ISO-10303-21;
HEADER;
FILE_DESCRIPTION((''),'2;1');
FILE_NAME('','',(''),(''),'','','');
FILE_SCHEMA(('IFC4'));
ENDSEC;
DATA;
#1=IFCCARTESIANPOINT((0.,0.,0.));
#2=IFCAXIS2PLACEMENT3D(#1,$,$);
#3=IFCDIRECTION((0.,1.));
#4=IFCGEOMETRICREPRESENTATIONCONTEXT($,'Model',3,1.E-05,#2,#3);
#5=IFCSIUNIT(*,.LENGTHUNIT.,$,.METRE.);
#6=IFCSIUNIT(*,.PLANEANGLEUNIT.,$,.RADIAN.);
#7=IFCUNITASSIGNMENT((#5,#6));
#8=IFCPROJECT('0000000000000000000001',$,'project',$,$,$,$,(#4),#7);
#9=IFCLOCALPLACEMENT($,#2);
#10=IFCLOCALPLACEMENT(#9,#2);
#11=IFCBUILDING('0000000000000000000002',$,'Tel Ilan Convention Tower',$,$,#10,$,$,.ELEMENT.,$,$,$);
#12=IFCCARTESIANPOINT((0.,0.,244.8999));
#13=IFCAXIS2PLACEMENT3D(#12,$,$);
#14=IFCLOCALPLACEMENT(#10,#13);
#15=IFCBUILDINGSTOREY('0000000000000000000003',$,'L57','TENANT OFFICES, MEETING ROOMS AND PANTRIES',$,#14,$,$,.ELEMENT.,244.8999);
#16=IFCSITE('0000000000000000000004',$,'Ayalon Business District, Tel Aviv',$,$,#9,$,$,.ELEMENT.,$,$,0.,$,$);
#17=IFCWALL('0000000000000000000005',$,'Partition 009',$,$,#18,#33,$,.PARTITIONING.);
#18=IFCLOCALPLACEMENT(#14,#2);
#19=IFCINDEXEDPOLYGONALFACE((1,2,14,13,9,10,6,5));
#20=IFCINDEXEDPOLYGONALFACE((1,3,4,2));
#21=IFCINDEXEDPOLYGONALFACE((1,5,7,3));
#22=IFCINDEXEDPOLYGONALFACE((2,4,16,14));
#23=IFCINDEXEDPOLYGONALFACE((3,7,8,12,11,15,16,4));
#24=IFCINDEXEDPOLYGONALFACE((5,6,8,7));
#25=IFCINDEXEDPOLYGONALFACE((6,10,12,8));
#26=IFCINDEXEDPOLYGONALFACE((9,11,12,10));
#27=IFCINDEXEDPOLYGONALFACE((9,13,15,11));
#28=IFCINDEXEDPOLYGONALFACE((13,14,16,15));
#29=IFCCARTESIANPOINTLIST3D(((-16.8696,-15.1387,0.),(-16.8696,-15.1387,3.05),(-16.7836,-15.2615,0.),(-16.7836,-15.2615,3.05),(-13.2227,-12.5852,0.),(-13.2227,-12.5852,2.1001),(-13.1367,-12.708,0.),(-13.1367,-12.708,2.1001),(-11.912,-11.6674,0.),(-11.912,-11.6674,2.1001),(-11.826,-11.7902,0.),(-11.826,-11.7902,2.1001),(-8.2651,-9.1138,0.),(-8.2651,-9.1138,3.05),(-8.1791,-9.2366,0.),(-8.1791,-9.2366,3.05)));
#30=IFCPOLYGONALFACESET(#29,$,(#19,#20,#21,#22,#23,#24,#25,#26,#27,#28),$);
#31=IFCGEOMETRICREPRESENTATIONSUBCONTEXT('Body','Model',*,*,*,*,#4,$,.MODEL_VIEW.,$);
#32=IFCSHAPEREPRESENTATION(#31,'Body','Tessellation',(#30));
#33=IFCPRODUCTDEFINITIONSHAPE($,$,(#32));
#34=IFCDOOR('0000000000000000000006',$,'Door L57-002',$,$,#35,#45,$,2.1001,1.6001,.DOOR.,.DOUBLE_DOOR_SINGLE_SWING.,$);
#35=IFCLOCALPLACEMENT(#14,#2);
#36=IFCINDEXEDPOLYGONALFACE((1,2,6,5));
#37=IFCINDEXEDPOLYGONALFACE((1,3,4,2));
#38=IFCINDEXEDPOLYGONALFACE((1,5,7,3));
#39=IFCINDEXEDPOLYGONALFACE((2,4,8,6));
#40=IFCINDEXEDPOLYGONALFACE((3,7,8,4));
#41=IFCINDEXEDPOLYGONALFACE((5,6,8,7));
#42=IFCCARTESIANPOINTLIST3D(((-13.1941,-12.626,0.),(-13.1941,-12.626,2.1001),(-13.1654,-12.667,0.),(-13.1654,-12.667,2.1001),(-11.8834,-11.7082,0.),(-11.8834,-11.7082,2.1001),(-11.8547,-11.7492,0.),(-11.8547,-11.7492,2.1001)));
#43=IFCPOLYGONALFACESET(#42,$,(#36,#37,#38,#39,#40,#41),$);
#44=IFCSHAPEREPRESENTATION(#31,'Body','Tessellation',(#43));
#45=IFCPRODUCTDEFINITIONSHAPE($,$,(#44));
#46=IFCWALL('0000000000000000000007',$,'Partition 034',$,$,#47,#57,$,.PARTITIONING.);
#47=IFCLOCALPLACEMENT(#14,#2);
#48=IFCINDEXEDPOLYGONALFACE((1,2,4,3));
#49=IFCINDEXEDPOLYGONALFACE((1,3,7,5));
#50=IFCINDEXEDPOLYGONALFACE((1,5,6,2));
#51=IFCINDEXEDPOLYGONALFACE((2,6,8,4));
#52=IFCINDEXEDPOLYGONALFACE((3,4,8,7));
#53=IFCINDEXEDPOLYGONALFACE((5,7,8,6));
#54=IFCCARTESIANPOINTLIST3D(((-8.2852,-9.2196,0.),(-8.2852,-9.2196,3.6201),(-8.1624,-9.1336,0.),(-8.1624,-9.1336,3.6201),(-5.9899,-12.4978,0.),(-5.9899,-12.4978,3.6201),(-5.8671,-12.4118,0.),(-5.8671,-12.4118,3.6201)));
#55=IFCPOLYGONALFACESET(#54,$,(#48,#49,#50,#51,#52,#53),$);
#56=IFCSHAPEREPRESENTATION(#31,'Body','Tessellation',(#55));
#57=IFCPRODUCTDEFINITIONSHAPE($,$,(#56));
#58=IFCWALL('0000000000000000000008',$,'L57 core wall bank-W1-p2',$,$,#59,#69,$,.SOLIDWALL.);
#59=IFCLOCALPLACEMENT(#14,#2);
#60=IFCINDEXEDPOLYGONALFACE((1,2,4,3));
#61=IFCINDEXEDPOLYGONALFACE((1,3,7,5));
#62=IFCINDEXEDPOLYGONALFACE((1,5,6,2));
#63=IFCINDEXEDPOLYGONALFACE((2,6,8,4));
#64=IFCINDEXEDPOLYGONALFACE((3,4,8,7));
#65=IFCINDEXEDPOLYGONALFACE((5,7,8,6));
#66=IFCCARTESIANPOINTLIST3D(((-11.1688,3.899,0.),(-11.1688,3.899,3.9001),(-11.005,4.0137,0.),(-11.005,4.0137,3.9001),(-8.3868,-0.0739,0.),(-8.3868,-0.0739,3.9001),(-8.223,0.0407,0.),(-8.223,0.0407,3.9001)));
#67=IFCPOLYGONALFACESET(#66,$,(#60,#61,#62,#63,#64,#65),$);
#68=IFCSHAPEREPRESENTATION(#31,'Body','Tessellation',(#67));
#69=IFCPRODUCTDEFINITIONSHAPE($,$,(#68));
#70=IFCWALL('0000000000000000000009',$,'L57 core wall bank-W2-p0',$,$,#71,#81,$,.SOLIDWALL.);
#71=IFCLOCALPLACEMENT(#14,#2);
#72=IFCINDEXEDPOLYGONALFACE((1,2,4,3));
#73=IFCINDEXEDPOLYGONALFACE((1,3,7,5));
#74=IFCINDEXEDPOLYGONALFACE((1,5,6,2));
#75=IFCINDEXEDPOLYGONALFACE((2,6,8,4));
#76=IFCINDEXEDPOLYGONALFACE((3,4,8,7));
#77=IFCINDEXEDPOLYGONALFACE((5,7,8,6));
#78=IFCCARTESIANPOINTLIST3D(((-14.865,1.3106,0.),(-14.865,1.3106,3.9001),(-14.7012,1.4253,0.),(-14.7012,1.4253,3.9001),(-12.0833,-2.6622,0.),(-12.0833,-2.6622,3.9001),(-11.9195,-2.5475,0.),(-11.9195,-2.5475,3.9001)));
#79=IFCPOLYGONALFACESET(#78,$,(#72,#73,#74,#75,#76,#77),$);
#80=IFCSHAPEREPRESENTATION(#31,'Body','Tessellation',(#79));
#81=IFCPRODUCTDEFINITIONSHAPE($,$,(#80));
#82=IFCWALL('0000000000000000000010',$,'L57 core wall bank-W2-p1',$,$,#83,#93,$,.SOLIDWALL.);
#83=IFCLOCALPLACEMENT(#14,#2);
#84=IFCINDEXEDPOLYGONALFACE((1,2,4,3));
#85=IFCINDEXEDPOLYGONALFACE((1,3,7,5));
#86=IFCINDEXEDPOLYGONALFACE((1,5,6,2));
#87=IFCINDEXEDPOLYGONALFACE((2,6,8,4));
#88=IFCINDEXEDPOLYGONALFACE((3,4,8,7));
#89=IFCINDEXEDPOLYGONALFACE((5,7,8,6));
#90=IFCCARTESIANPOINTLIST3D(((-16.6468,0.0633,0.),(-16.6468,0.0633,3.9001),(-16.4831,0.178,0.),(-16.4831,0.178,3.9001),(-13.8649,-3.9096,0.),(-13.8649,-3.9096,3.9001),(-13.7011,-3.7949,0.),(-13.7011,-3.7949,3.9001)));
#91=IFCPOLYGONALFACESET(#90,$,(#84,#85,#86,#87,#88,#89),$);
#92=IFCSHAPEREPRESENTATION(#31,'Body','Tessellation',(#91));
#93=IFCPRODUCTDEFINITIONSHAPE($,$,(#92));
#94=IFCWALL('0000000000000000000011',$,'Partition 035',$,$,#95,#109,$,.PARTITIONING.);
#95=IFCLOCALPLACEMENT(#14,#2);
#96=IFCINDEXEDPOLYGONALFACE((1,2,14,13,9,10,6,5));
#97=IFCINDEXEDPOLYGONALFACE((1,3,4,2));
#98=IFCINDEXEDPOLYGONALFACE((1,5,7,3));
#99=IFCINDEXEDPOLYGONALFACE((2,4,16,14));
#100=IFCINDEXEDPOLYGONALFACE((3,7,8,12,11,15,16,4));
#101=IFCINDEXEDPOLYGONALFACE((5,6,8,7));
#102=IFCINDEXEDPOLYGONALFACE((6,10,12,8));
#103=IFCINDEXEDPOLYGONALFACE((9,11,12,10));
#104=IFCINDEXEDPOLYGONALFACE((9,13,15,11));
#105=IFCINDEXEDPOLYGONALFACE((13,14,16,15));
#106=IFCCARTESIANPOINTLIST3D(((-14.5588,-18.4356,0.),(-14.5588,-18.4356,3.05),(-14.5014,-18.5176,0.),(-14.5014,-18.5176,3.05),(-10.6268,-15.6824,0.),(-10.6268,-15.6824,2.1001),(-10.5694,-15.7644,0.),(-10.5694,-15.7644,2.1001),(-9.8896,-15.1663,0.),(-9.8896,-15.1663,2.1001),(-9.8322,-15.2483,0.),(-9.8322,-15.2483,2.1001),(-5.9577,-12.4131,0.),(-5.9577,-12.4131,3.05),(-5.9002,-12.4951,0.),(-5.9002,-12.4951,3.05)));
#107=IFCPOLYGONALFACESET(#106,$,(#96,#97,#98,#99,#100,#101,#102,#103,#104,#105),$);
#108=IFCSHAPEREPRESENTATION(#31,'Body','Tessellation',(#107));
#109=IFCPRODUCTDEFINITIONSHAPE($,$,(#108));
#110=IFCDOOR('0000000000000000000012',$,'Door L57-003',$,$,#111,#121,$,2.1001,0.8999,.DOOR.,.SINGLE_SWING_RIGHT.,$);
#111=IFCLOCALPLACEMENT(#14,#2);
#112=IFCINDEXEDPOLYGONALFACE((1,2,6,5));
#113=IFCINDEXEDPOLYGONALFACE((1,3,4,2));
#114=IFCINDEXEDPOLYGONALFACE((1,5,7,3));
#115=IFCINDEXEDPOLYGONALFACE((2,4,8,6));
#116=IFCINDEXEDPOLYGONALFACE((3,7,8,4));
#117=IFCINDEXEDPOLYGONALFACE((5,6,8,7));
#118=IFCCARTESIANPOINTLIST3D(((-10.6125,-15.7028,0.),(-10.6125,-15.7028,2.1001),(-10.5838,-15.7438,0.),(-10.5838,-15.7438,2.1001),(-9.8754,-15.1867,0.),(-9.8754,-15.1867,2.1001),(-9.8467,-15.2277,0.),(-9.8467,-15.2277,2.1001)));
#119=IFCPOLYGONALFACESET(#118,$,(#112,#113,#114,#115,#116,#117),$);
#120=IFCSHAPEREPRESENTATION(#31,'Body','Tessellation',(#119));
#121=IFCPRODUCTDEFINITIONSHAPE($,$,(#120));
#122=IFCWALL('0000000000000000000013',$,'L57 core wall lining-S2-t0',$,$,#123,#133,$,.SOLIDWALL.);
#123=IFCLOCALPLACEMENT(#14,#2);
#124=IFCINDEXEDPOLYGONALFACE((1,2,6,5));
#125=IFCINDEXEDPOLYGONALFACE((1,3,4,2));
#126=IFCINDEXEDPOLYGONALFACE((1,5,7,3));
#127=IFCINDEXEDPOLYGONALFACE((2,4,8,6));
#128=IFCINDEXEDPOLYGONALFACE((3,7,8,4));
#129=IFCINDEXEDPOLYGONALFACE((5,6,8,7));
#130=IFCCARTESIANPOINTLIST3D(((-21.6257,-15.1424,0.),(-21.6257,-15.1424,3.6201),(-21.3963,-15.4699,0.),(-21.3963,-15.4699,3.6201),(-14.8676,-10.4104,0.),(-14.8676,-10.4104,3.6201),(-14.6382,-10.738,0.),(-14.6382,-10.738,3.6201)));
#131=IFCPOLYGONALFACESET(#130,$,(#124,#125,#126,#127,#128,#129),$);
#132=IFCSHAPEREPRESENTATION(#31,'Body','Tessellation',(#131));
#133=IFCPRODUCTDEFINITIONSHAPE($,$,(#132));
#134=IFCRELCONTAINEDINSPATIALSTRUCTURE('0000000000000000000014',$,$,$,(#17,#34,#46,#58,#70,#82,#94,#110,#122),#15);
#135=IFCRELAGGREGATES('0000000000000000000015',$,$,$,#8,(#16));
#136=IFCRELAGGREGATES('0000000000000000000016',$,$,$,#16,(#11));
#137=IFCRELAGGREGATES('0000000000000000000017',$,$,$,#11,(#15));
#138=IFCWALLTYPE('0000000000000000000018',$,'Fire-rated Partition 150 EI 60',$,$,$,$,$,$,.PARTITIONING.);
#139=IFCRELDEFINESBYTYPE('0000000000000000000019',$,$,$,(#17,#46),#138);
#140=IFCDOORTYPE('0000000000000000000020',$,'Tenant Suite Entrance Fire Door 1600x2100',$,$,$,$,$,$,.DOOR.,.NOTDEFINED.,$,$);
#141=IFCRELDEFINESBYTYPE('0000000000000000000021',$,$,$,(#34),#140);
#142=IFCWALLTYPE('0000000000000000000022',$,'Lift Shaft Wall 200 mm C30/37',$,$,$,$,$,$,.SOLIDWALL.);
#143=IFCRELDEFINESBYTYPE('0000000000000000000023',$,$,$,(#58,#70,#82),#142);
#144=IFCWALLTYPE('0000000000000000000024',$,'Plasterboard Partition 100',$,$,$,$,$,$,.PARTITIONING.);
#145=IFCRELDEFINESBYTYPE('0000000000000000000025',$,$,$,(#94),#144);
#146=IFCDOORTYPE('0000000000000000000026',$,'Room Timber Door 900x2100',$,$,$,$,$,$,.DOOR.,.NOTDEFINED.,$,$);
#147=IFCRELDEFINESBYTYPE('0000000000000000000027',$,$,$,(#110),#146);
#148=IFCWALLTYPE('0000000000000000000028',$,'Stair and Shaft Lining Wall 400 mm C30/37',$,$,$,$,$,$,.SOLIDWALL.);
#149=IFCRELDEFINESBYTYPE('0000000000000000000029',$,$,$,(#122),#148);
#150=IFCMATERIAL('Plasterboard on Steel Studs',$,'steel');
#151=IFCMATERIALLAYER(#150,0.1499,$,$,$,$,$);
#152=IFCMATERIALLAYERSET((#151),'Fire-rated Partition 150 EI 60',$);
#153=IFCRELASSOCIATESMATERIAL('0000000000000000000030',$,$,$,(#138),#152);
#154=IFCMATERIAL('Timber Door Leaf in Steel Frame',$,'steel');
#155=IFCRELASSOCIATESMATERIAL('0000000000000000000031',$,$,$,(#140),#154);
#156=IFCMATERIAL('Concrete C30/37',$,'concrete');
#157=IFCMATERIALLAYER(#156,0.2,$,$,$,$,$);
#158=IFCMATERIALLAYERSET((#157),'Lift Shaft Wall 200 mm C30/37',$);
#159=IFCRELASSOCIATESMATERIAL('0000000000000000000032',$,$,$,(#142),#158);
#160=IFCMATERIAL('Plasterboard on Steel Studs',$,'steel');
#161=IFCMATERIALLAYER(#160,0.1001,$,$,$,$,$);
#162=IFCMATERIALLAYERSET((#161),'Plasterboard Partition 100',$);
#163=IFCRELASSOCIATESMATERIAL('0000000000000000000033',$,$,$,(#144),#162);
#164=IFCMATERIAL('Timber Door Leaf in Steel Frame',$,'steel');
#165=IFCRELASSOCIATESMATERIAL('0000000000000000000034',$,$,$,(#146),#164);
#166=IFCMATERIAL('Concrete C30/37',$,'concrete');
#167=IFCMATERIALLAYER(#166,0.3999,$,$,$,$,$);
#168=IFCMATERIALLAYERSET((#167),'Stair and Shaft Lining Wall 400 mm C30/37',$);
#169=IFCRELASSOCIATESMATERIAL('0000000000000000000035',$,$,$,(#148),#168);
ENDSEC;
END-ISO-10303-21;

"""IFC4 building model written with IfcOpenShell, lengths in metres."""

from ifc_helpers import new_model, si_unit, direction, frame, frame_2d, origin, place, context, subcontext, project, spatial, rectangle, extrude, material, layer, layer_set, type_object, element, fill, save


model = new_model("IFC4")

# Units and contexts
model_context = context("Model", 3, precision=1e-05, world=origin(), true_north=direction((0.0, 1.0)))
body_context = subcontext(model_context, "Body", "Model", "MODEL_VIEW")
ifc_project = project(units=[si_unit("LENGTHUNIT", "METRE"), si_unit("PLANEANGLEUNIT", "RADIAN")], contexts=[model_context])

# Site, building, storey
site_placement = place(None, origin())
site = spatial("IfcSite", under=ifc_project, at=site_placement, Name="Ayalon Business District, Tel Aviv", CompositionType="ELEMENT", RefElevation=0.0)
building_placement = place(site_placement, origin())
building = spatial("IfcBuilding", under=site, at=building_placement, Name="Tel Ilan Convention Tower", CompositionType="ELEMENT")
storey_placement = place(building_placement, frame((0.0, 0.0, 244.8999)))
storey = spatial("IfcBuildingStorey", under=building, at=storey_placement, Name="L57", Description="TENANT OFFICES, MEETING ROOMS AND PANTRIES", CompositionType="ELEMENT", Elevation=244.8999)

# Wall, opening, door
ifc_material_1 = material(Name="Plasterboard on Steel Studs", Category="steel")
ifc_layer_1 = layer(ifc_material_1, 0.1499)
ifc_layer_set_1 = layer_set([ifc_layer_1], Name="Fire-rated Partition 150 EI 60")
wall_type_1 = type_object("IfcWallType", Name="Fire-rated Partition 150 EI 60", PredefinedType="PARTITIONING", material=ifc_layer_set_1)
wall_1_placement = place(storey_placement, frame((-8.2222, -9.1753, 0.0), z_axis=(0.0, 0.0, 1.0), x_axis=(-0.819153, -0.573575, 0.0)))
wall_1 = element("IfcWall", 1, at=wall_1_placement, inside=storey, type_object=wall_type_1, Name="Partition 009", PredefinedType="PARTITIONING", context=body_context, shape_type="SweptSolid", body=[
    extrude(rectangle(XDim=10.5042, YDim=0.1499, at=frame_2d((5.252, 0.0))), origin(), (0.0, 0.0, 1.0), 3.05),
])
opening_1_placement = place(wall_1_placement, frame((4.4519, 0.0, 0.0)))
opening_1 = element("IfcOpeningElement", 2, at=opening_1_placement, cuts=wall_1, PredefinedType="OPENING", context=body_context, shape_type="SweptSolid", body=[
    extrude(rectangle(XDim=1.6001, YDim=2.1001, at=frame_2d((0.8, 1.05))), frame((0.0, 0.085, 0.0), z_axis=(0.0, -1.0, 0.0), x_axis=(1.0, 0.0, 0.0)), (0.0, 0.0, 1.0), 0.1699),
])
ifc_material_2 = material(Name="Timber Door Leaf in Steel Frame", Category="steel")
door_type_1 = type_object("IfcDoorType", Name="Tenant Suite Entrance Fire Door 1600x2100", OperationType="NOTDEFINED", PredefinedType="DOOR", material=ifc_material_2)
door_1_placement = place(opening_1_placement, origin())
door_1 = element("IfcDoor", 3, at=door_1_placement, inside=storey, type_object=door_type_1, Name="Door L57-002", OperationType="DOUBLE_DOOR_SINGLE_SWING", OverallHeight=2.1001, OverallWidth=1.6001, PredefinedType="DOOR", context=body_context, shape_type="SweptSolid", body=[
    extrude(rectangle(XDim=1.6001, YDim=2.1001, at=frame_2d((0.8, 1.05))), frame((0.0, 0.0249, 0.0), z_axis=(0.0, -1.0, 0.0), x_axis=(1.0, 0.0, 0.0)), (0.0, 0.0, 1.0), 0.05),
])
fill(opening_1, door_1)

# Walls
wall_2_placement = place(storey_placement, frame((-5.9285, -12.4548, 0.0), z_axis=(0.0, 0.0, 1.0), x_axis=(-0.573561, 0.819163, 0.0)))
element("IfcWall", 4, at=wall_2_placement, inside=storey, type_object=wall_type_1, Name="Partition 034", PredefinedType="PARTITIONING", context=body_context, shape_type="SweptSolid", body=[
    extrude(rectangle(XDim=4.002, YDim=0.1499, at=frame_2d((2.001, 0.0))), origin(), (0.0, 0.0, 1.0), 3.6201),
])
ifc_material_3 = material(Name="Concrete C30/37", Category="concrete")
ifc_layer_2 = layer(ifc_material_3, 0.2)
ifc_layer_set_2 = layer_set([ifc_layer_2], Name="Lift Shaft Wall 200 mm C30/37")
wall_type_2 = type_object("IfcWallType", Name="Lift Shaft Wall 200 mm C30/37", PredefinedType="SOLIDWALL", material=ifc_layer_set_2)
wall_3_placement = place(storey_placement, frame((-8.3049, -0.0166, 0.0), z_axis=(0.0, 0.0, 1.0), x_axis=(-0.573594, 0.81914, 0.0)))
element("IfcWall", 5, at=wall_3_placement, inside=storey, type_object=wall_type_2, Name="L57 core wall bank-W1-p2", PredefinedType="SOLIDWALL", context=body_context, shape_type="SweptSolid", body=[
    extrude(rectangle(XDim=4.8501, YDim=0.2, at=frame_2d((2.425, 0.0))), origin(), (0.0, 0.0, 1.0), 3.9001),
])
wall_4_placement = place(storey_placement, frame((-12.0015, -2.6047, 0.0), z_axis=(0.0, 0.0, 1.0), x_axis=(-0.57356, 0.819163, 0.0)))
element("IfcWall", 6, at=wall_4_placement, inside=storey, type_object=wall_type_2, Name="L57 core wall bank-W2-p0", PredefinedType="SOLIDWALL", context=body_context, shape_type="SweptSolid", body=[
    extrude(rectangle(XDim=4.8499, YDim=0.2, at=frame_2d((2.4248, 0.0))), origin(), (0.0, 0.0, 1.0), 3.9001),
])
wall_5_placement = place(storey_placement, frame((-13.783, -3.8523, 0.0), z_axis=(0.0, 0.0, 1.0), x_axis=(-0.573594, 0.81914, 0.0)))
element("IfcWall", 7, at=wall_5_placement, inside=storey, type_object=wall_type_2, Name="L57 core wall bank-W2-p1", PredefinedType="SOLIDWALL", context=body_context, shape_type="SweptSolid", body=[
    extrude(rectangle(XDim=4.8501, YDim=0.2, at=frame_2d((2.425, 0.0))), origin(), (0.0, 0.0, 1.0), 3.9001),
])

# Wall, opening, door
ifc_material_4 = material(Name="Plasterboard on Steel Studs", Category="steel")
ifc_layer_3 = layer(ifc_material_4, 0.1001)
ifc_layer_set_3 = layer_set([ifc_layer_3], Name="Plasterboard Partition 100")
wall_type_3 = type_object("IfcWallType", Name="Plasterboard Partition 100", PredefinedType="PARTITIONING", material=ifc_layer_set_3)
wall_6_placement = place(storey_placement, frame((-5.929, -12.4541, 0.0), z_axis=(0.0, 0.0, 1.0), x_axis=(-0.819155, -0.573572, 0.0)))
wall_6 = element("IfcWall", 8, at=wall_6_placement, inside=storey, type_object=wall_type_3, Name="Partition 035", PredefinedType="PARTITIONING", context=body_context, shape_type="SweptSolid", body=[
    extrude(rectangle(XDim=10.5, YDim=0.1001, at=frame_2d((5.25, 0.0))), origin(), (0.0, 0.0, 1.0), 3.05),
])
opening_2_placement = place(wall_6_placement, frame((4.8, 0.0, 0.0)))
opening_2 = element("IfcOpeningElement", 9, at=opening_2_placement, cuts=wall_6, PredefinedType="OPENING", context=body_context, shape_type="SweptSolid", body=[
    extrude(rectangle(XDim=0.8999, YDim=2.1001, at=frame_2d((0.45, 1.05))), frame((0.0, 0.0601, 0.0), z_axis=(0.0, -1.0, 0.0), x_axis=(1.0, 0.0, 0.0)), (0.0, 0.0, 1.0), 0.1201),
])
ifc_material_5 = material(Name="Timber Door Leaf in Steel Frame", Category="steel")
door_type_2 = type_object("IfcDoorType", Name="Room Timber Door 900x2100", OperationType="NOTDEFINED", PredefinedType="DOOR", material=ifc_material_5)
door_2_placement = place(opening_2_placement, origin())
door_2 = element("IfcDoor", 10, at=door_2_placement, inside=storey, type_object=door_type_2, Name="Door L57-003", OperationType="SINGLE_SWING_RIGHT", OverallHeight=2.1001, OverallWidth=0.8999, PredefinedType="DOOR", context=body_context, shape_type="SweptSolid", body=[
    extrude(rectangle(XDim=0.8999, YDim=2.1001, at=frame_2d((0.45, 1.05))), frame((0.0, 0.0249, 0.0), z_axis=(0.0, -1.0, 0.0), x_axis=(1.0, 0.0, 0.0)), (0.0, 0.0, 1.0), 0.05),
])
fill(opening_2, door_2)

# Wall
ifc_material_6 = material(Name="Concrete C30/37", Category="concrete")
ifc_layer_4 = layer(ifc_material_6, 0.3999)
ifc_layer_set_4 = layer_set([ifc_layer_4], Name="Stair and Shaft Lining Wall 400 mm C30/37")
wall_type_4 = type_object("IfcWallType", Name="Stair and Shaft Lining Wall 400 mm C30/37", PredefinedType="SOLIDWALL", material=ifc_layer_set_4)
wall_7_placement = place(storey_placement, frame((-14.7529, -10.5742, 0.0), z_axis=(0.0, 0.0, 1.0), x_axis=(-0.819158, -0.573568, 0.0)))
element("IfcWall", 11, at=wall_7_placement, inside=storey, type_object=wall_type_4, Name="L57 core wall lining-S2-t0", PredefinedType="SOLIDWALL", context=body_context, shape_type="SweptSolid", body=[
    extrude(rectangle(XDim=8.25, YDim=0.3999, at=frame_2d((4.125, 0.0))), origin(), (0.0, 0.0, 1.0), 3.6201),
])

save(model, "model.ifc")
